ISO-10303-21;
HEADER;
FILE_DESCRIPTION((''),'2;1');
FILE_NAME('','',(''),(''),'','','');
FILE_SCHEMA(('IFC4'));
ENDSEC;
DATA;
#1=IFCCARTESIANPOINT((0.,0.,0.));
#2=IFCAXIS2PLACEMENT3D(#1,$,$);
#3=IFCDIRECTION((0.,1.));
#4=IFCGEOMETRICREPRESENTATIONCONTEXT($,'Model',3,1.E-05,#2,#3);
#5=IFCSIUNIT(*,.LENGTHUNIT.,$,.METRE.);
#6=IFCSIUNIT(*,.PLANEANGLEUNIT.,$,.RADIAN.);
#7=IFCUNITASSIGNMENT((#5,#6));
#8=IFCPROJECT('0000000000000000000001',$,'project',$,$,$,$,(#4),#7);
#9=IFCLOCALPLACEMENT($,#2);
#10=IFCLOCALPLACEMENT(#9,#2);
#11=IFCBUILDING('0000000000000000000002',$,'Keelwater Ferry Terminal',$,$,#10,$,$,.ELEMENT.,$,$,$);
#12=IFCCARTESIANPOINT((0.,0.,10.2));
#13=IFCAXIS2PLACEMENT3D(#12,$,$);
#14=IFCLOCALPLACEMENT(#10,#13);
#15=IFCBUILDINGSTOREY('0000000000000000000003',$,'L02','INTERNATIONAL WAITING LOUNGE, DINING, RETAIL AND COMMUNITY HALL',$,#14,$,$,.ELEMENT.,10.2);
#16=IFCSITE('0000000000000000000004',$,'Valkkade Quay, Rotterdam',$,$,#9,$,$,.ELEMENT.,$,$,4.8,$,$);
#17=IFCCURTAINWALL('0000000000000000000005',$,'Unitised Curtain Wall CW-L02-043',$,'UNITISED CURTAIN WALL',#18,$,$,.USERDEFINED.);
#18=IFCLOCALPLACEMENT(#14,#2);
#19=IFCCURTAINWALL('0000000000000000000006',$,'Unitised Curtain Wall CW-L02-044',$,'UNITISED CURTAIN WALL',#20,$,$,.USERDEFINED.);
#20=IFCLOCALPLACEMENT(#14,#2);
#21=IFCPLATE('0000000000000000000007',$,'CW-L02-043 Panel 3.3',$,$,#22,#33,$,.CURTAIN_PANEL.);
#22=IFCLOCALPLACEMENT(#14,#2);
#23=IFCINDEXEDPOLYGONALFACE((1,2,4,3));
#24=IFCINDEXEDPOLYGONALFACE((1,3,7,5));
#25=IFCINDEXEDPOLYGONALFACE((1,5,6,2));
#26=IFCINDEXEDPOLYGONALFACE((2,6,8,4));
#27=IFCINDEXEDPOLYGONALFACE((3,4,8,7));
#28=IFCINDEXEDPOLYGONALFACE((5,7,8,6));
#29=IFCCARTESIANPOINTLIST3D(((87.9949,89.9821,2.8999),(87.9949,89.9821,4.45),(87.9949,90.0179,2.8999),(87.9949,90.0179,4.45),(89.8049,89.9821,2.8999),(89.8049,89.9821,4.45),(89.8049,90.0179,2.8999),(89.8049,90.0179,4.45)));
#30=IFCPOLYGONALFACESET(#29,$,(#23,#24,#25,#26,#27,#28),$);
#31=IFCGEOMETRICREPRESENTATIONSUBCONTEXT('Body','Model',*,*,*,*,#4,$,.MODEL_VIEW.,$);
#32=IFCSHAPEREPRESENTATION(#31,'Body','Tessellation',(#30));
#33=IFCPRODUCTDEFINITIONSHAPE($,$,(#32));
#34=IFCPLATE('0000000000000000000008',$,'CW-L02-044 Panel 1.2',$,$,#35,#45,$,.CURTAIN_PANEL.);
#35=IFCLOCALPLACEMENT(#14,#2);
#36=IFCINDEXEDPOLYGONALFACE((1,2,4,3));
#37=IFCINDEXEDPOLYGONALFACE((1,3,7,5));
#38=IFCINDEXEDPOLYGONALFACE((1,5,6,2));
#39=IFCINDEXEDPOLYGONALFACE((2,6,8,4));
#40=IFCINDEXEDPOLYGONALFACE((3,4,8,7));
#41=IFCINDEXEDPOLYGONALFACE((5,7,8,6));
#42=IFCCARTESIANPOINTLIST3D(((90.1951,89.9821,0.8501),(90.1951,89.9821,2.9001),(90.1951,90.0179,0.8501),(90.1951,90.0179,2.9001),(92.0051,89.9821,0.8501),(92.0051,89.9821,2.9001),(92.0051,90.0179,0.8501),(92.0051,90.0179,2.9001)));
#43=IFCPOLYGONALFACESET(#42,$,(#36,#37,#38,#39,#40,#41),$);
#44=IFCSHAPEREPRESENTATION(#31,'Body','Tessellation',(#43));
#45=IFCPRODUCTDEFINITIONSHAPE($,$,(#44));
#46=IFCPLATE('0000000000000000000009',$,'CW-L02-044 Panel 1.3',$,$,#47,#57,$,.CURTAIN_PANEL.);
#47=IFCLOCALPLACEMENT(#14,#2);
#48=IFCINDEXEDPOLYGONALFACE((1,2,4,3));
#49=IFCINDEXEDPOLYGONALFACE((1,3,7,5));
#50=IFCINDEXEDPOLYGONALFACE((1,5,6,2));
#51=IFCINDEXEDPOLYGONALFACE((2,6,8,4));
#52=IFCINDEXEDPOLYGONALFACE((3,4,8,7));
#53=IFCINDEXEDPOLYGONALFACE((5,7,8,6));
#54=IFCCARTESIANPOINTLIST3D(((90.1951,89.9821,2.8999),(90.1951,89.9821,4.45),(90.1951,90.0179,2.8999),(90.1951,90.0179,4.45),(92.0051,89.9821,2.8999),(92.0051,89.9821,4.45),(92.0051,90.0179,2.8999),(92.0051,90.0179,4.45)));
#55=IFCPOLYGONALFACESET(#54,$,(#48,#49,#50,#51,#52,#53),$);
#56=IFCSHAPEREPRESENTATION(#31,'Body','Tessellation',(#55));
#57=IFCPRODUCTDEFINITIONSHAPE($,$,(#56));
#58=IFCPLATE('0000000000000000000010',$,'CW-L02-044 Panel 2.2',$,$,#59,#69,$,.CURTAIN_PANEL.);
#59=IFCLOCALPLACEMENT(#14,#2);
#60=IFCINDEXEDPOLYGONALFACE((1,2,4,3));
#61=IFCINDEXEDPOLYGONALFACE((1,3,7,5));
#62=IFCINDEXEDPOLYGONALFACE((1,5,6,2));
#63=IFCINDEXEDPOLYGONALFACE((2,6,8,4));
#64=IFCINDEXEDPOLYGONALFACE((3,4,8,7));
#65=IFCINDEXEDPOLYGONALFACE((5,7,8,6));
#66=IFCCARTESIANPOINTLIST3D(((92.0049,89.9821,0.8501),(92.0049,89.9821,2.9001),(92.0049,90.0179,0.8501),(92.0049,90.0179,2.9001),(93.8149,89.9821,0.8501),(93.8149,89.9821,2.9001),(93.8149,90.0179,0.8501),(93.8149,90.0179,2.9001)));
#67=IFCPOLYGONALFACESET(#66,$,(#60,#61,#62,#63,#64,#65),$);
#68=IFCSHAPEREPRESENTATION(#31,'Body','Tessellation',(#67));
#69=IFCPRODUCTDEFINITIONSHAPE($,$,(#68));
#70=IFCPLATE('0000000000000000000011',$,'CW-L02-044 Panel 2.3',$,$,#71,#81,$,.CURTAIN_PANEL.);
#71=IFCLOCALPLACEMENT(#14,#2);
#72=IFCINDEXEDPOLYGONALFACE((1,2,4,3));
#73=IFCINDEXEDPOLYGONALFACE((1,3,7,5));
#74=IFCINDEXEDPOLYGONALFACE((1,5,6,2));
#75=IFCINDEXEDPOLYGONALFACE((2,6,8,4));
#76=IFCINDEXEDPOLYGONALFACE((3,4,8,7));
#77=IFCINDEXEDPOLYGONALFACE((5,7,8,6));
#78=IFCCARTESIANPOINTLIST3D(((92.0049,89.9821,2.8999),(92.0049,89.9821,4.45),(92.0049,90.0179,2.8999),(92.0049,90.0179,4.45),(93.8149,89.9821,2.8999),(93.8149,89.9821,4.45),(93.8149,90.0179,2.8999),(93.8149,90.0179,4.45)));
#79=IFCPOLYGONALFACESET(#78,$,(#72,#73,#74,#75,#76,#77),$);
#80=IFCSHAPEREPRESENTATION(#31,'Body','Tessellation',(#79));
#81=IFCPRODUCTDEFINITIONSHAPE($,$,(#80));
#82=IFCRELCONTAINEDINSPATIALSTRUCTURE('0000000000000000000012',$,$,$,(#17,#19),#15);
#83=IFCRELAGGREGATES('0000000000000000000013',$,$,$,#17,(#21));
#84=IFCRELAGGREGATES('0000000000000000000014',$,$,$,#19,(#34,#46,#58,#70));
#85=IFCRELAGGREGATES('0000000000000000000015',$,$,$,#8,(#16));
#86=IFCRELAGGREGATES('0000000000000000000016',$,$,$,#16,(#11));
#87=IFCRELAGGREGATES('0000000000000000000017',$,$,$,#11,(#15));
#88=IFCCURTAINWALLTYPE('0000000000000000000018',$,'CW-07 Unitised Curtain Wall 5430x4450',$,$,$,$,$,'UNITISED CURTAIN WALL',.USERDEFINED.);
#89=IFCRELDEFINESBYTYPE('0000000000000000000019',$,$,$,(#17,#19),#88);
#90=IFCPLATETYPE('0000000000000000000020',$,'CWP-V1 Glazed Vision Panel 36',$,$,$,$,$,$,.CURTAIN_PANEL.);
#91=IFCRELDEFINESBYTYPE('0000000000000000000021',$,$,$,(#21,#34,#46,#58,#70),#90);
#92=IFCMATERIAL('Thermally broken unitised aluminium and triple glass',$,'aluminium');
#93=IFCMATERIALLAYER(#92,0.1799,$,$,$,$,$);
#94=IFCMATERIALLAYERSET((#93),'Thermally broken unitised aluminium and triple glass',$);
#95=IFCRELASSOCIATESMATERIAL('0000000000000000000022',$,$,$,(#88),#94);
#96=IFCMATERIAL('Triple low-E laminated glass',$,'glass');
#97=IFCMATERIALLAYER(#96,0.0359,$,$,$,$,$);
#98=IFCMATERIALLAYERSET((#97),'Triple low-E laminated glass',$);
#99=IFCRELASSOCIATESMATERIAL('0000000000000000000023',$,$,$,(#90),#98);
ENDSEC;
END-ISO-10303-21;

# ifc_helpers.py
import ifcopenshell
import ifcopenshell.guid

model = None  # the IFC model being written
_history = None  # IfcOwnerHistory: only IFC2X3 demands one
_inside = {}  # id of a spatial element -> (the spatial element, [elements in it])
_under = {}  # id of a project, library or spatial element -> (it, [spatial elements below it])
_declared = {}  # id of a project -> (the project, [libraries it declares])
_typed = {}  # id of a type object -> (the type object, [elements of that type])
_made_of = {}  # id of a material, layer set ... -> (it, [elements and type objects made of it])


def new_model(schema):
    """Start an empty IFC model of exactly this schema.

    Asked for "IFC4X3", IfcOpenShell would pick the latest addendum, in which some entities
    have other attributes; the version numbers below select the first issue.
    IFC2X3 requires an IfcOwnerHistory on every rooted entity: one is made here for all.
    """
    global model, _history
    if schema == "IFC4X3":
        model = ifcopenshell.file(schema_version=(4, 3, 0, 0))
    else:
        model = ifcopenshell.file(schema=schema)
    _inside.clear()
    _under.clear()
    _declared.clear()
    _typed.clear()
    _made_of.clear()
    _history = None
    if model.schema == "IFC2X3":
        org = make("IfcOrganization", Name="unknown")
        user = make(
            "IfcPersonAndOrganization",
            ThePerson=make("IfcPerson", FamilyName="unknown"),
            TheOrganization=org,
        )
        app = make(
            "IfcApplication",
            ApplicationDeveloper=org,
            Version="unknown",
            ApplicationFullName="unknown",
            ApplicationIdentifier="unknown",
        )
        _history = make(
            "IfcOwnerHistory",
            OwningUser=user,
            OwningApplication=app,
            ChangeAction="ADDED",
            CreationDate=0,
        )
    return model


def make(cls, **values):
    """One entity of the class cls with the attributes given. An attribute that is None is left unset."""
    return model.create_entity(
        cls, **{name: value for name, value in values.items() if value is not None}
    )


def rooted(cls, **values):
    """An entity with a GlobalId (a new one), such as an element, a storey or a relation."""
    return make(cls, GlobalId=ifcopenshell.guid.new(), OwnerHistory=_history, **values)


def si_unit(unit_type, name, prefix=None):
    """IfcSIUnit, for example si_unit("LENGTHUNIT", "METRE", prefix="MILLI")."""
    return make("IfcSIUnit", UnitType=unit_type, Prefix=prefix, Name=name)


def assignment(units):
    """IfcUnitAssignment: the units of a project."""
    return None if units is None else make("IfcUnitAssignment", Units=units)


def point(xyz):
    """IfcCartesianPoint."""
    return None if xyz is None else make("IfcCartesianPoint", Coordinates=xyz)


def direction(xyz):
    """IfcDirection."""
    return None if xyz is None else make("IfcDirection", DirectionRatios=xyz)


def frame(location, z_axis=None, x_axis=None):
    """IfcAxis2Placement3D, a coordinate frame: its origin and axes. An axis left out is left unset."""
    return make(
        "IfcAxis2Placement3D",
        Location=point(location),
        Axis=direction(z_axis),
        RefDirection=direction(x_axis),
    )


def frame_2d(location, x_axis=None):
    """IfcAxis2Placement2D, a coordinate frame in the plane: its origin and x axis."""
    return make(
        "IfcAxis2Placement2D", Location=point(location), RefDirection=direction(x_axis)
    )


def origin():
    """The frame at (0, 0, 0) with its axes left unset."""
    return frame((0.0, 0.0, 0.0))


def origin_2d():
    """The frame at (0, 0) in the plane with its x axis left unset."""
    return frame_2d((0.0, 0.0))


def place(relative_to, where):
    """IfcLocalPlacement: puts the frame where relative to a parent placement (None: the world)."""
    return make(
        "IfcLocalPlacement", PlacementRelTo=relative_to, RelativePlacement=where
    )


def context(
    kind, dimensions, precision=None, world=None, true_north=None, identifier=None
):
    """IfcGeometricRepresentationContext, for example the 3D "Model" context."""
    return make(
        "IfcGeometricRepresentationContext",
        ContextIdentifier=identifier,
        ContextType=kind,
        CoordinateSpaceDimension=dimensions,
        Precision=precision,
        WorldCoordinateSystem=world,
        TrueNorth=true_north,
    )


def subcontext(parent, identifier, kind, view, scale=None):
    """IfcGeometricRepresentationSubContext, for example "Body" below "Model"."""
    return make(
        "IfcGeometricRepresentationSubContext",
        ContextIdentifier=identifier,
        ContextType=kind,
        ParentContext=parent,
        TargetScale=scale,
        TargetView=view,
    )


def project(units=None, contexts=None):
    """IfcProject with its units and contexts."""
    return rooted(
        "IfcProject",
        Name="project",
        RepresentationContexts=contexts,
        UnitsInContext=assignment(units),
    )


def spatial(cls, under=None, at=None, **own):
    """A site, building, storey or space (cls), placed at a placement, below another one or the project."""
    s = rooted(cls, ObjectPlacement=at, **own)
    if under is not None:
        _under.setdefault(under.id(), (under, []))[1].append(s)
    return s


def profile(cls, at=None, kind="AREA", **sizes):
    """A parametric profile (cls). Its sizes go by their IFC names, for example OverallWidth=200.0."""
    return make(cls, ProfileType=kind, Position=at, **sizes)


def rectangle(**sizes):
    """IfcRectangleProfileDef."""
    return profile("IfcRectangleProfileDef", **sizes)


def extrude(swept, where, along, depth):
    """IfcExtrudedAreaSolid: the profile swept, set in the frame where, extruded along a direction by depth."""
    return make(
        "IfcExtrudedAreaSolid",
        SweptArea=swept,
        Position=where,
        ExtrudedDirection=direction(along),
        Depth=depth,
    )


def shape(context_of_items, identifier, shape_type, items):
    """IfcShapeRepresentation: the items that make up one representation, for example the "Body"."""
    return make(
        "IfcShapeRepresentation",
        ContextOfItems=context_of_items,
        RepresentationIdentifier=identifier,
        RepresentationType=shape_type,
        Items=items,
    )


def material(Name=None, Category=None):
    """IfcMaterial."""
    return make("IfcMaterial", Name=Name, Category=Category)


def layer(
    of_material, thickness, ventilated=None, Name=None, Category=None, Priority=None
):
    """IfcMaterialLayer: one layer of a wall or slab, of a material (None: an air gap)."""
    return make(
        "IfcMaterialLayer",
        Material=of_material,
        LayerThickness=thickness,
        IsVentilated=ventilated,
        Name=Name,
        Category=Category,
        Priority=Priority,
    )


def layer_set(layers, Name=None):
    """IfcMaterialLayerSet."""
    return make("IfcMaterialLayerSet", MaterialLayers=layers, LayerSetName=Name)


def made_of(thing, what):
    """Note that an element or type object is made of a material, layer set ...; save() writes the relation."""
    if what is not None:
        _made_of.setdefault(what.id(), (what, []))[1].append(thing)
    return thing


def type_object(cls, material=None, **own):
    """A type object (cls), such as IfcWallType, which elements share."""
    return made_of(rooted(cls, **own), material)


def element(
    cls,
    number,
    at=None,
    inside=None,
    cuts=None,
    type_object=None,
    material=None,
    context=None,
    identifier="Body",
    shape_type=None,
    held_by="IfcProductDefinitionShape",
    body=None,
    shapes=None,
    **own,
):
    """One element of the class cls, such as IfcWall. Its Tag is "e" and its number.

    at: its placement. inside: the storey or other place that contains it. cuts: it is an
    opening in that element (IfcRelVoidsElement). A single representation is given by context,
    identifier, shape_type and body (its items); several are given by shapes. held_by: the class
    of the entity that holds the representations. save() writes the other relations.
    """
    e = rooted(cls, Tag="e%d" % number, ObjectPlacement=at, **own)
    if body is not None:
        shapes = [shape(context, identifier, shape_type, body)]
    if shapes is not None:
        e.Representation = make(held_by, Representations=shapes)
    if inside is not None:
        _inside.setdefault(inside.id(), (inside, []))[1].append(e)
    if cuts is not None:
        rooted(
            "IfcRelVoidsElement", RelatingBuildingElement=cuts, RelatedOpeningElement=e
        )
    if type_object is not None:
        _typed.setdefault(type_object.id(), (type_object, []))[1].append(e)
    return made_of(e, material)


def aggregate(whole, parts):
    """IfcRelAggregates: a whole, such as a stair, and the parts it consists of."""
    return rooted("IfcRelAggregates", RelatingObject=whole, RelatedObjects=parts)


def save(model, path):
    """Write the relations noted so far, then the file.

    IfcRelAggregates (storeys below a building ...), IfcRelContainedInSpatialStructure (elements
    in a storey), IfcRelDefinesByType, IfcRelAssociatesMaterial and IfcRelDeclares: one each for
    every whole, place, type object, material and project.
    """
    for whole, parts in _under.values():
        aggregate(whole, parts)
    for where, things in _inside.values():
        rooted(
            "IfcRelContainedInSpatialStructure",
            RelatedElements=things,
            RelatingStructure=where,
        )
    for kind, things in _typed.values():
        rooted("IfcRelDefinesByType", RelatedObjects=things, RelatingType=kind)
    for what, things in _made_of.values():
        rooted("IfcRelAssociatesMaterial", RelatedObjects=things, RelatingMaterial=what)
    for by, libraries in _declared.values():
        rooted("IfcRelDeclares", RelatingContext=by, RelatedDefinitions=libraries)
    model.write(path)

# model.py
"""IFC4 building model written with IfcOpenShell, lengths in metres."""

from ifc_helpers import new_model, si_unit, direction, frame, origin, origin_2d, place, context, subcontext, project, spatial, rectangle, extrude, material, layer, layer_set, type_object, element, aggregate, save


model = new_model("IFC4")

# Units and contexts
model_context = context("Model", 3, precision=1e-05, world=origin(), true_north=direction((0.0, 1.0)))
body_context = subcontext(model_context, "Body", "Model", "MODEL_VIEW")
ifc_project = project(units=[si_unit("LENGTHUNIT", "METRE"), si_unit("PLANEANGLEUNIT", "RADIAN")], contexts=[model_context])

# Site, building, storey
site_placement = place(None, origin())
site = spatial("IfcSite", under=ifc_project, at=site_placement, Name="Valkkade Quay, Rotterdam", CompositionType="ELEMENT", RefElevation=4.8)
building_placement = place(site_placement, origin())
building = spatial("IfcBuilding", under=site, at=building_placement, Name="Keelwater Ferry Terminal", CompositionType="ELEMENT")
storey_placement = place(building_placement, frame((0.0, 0.0, 10.2)))
storey = spatial("IfcBuildingStorey", under=building, at=storey_placement, Name="L02", Description="INTERNATIONAL WAITING LOUNGE, DINING, RETAIL AND COMMUNITY HALL", CompositionType="ELEMENT", Elevation=10.2)

# Curtain walls
ifc_material_1 = material(Name="Thermally broken unitised aluminium and triple glass", Category="aluminium")
ifc_layer_1 = layer(ifc_material_1, 0.1799)
ifc_layer_set_1 = layer_set([ifc_layer_1], Name="Thermally broken unitised aluminium and triple glass")
curtain_wall_type = type_object("IfcCurtainWallType", Name="CW-07 Unitised Curtain Wall 5430x4450", ElementType="UNITISED CURTAIN WALL", PredefinedType="USERDEFINED", material=ifc_layer_set_1)
curtain_wall_1_placement = place(storey_placement, origin())
curtain_wall_1 = element("IfcCurtainWall", 1, at=curtain_wall_1_placement, inside=storey, type_object=curtain_wall_type, Name="Unitised Curtain Wall CW-L02-043", ObjectType="UNITISED CURTAIN WALL", PredefinedType="USERDEFINED")
curtain_wall_2_placement = place(storey_placement, origin())
curtain_wall_2 = element("IfcCurtainWall", 2, at=curtain_wall_2_placement, inside=storey, type_object=curtain_wall_type, Name="Unitised Curtain Wall CW-L02-044", ObjectType="UNITISED CURTAIN WALL", PredefinedType="USERDEFINED")

# Plates
ifc_material_2 = material(Name="Triple low-E laminated glass", Category="glass")
ifc_layer_2 = layer(ifc_material_2, 0.0359)
ifc_layer_set_2 = layer_set([ifc_layer_2], Name="Triple low-E laminated glass")
plate_type_1 = type_object("IfcPlateType", Name="CWP-V1 Glazed Vision Panel 36", PredefinedType="CURTAIN_PANEL", material=ifc_layer_set_2)
plate_1_placement = place(storey_placement, frame((88.8999, 90.0, 2.8999), z_axis=(0.0, 0.0, 1.0), x_axis=(1.0, 0.0, 0.0)))
plate_1 = element("IfcPlate", 3, at=plate_1_placement, type_object=plate_type_1, Name="CW-L02-043 Panel 3.3", PredefinedType="CURTAIN_PANEL", context=body_context, shape_type="SweptSolid", body=[
    extrude(rectangle(XDim=1.8101, YDim=0.0359, at=origin_2d()), origin(), (0.0, 0.0, 1.0), 1.55),
])
aggregate(curtain_wall_1, [plate_1])
plate_2_placement = place(storey_placement, frame((91.1001, 90.0, 0.8501), z_axis=(0.0, 0.0, 1.0), x_axis=(1.0, 0.0, 0.0)))
plate_2 = element("IfcPlate", 4, at=plate_2_placement, type_object=plate_type_1, Name="CW-L02-044 Panel 1.2", PredefinedType="CURTAIN_PANEL", context=body_context, shape_type="SweptSolid", body=[
    extrude(rectangle(XDim=1.8101, YDim=0.0359, at=origin_2d()), origin(), (0.0, 0.0, 1.0), 2.05),
])
plate_3_placement = place(storey_placement, frame((91.1001, 90.0, 2.8999), z_axis=(0.0, 0.0, 1.0), x_axis=(1.0, 0.0, 0.0)))
plate_3 = element("IfcPlate", 5, at=plate_3_placement, type_object=plate_type_1, Name="CW-L02-044 Panel 1.3", PredefinedType="CURTAIN_PANEL", context=body_context, shape_type="SweptSolid", body=[
    extrude(rectangle(XDim=1.8101, YDim=0.0359, at=origin_2d()), origin(), (0.0, 0.0, 1.0), 1.55),
])
plate_4_placement = place(storey_placement, frame((92.9099, 90.0, 0.8501), z_axis=(0.0, 0.0, 1.0), x_axis=(1.0, 0.0, 0.0)))
plate_4 = element("IfcPlate", 6, at=plate_4_placement, type_object=plate_type_1, Name="CW-L02-044 Panel 2.2", PredefinedType="CURTAIN_PANEL", context=body_context, shape_type="SweptSolid", body=[
    extrude(rectangle(XDim=1.8101, YDim=0.0359, at=origin_2d()), origin(), (0.0, 0.0, 1.0), 2.05),
])
plate_5_placement = place(storey_placement, frame((92.9099, 90.0, 2.8999), z_axis=(0.0, 0.0, 1.0), x_axis=(1.0, 0.0, 0.0)))
plate_5 = element("IfcPlate", 7, at=plate_5_placement, type_object=plate_type_1, Name="CW-L02-044 Panel 2.3", PredefinedType="CURTAIN_PANEL", context=body_context, shape_type="SweptSolid", body=[
    extrude(rectangle(XDim=1.8101, YDim=0.0359, at=origin_2d()), origin(), (0.0, 0.0, 1.0), 1.55),
])
aggregate(curtain_wall_2, [plate_2, plate_3, plate_4, plate_5])

save(model, "model.ifc")
